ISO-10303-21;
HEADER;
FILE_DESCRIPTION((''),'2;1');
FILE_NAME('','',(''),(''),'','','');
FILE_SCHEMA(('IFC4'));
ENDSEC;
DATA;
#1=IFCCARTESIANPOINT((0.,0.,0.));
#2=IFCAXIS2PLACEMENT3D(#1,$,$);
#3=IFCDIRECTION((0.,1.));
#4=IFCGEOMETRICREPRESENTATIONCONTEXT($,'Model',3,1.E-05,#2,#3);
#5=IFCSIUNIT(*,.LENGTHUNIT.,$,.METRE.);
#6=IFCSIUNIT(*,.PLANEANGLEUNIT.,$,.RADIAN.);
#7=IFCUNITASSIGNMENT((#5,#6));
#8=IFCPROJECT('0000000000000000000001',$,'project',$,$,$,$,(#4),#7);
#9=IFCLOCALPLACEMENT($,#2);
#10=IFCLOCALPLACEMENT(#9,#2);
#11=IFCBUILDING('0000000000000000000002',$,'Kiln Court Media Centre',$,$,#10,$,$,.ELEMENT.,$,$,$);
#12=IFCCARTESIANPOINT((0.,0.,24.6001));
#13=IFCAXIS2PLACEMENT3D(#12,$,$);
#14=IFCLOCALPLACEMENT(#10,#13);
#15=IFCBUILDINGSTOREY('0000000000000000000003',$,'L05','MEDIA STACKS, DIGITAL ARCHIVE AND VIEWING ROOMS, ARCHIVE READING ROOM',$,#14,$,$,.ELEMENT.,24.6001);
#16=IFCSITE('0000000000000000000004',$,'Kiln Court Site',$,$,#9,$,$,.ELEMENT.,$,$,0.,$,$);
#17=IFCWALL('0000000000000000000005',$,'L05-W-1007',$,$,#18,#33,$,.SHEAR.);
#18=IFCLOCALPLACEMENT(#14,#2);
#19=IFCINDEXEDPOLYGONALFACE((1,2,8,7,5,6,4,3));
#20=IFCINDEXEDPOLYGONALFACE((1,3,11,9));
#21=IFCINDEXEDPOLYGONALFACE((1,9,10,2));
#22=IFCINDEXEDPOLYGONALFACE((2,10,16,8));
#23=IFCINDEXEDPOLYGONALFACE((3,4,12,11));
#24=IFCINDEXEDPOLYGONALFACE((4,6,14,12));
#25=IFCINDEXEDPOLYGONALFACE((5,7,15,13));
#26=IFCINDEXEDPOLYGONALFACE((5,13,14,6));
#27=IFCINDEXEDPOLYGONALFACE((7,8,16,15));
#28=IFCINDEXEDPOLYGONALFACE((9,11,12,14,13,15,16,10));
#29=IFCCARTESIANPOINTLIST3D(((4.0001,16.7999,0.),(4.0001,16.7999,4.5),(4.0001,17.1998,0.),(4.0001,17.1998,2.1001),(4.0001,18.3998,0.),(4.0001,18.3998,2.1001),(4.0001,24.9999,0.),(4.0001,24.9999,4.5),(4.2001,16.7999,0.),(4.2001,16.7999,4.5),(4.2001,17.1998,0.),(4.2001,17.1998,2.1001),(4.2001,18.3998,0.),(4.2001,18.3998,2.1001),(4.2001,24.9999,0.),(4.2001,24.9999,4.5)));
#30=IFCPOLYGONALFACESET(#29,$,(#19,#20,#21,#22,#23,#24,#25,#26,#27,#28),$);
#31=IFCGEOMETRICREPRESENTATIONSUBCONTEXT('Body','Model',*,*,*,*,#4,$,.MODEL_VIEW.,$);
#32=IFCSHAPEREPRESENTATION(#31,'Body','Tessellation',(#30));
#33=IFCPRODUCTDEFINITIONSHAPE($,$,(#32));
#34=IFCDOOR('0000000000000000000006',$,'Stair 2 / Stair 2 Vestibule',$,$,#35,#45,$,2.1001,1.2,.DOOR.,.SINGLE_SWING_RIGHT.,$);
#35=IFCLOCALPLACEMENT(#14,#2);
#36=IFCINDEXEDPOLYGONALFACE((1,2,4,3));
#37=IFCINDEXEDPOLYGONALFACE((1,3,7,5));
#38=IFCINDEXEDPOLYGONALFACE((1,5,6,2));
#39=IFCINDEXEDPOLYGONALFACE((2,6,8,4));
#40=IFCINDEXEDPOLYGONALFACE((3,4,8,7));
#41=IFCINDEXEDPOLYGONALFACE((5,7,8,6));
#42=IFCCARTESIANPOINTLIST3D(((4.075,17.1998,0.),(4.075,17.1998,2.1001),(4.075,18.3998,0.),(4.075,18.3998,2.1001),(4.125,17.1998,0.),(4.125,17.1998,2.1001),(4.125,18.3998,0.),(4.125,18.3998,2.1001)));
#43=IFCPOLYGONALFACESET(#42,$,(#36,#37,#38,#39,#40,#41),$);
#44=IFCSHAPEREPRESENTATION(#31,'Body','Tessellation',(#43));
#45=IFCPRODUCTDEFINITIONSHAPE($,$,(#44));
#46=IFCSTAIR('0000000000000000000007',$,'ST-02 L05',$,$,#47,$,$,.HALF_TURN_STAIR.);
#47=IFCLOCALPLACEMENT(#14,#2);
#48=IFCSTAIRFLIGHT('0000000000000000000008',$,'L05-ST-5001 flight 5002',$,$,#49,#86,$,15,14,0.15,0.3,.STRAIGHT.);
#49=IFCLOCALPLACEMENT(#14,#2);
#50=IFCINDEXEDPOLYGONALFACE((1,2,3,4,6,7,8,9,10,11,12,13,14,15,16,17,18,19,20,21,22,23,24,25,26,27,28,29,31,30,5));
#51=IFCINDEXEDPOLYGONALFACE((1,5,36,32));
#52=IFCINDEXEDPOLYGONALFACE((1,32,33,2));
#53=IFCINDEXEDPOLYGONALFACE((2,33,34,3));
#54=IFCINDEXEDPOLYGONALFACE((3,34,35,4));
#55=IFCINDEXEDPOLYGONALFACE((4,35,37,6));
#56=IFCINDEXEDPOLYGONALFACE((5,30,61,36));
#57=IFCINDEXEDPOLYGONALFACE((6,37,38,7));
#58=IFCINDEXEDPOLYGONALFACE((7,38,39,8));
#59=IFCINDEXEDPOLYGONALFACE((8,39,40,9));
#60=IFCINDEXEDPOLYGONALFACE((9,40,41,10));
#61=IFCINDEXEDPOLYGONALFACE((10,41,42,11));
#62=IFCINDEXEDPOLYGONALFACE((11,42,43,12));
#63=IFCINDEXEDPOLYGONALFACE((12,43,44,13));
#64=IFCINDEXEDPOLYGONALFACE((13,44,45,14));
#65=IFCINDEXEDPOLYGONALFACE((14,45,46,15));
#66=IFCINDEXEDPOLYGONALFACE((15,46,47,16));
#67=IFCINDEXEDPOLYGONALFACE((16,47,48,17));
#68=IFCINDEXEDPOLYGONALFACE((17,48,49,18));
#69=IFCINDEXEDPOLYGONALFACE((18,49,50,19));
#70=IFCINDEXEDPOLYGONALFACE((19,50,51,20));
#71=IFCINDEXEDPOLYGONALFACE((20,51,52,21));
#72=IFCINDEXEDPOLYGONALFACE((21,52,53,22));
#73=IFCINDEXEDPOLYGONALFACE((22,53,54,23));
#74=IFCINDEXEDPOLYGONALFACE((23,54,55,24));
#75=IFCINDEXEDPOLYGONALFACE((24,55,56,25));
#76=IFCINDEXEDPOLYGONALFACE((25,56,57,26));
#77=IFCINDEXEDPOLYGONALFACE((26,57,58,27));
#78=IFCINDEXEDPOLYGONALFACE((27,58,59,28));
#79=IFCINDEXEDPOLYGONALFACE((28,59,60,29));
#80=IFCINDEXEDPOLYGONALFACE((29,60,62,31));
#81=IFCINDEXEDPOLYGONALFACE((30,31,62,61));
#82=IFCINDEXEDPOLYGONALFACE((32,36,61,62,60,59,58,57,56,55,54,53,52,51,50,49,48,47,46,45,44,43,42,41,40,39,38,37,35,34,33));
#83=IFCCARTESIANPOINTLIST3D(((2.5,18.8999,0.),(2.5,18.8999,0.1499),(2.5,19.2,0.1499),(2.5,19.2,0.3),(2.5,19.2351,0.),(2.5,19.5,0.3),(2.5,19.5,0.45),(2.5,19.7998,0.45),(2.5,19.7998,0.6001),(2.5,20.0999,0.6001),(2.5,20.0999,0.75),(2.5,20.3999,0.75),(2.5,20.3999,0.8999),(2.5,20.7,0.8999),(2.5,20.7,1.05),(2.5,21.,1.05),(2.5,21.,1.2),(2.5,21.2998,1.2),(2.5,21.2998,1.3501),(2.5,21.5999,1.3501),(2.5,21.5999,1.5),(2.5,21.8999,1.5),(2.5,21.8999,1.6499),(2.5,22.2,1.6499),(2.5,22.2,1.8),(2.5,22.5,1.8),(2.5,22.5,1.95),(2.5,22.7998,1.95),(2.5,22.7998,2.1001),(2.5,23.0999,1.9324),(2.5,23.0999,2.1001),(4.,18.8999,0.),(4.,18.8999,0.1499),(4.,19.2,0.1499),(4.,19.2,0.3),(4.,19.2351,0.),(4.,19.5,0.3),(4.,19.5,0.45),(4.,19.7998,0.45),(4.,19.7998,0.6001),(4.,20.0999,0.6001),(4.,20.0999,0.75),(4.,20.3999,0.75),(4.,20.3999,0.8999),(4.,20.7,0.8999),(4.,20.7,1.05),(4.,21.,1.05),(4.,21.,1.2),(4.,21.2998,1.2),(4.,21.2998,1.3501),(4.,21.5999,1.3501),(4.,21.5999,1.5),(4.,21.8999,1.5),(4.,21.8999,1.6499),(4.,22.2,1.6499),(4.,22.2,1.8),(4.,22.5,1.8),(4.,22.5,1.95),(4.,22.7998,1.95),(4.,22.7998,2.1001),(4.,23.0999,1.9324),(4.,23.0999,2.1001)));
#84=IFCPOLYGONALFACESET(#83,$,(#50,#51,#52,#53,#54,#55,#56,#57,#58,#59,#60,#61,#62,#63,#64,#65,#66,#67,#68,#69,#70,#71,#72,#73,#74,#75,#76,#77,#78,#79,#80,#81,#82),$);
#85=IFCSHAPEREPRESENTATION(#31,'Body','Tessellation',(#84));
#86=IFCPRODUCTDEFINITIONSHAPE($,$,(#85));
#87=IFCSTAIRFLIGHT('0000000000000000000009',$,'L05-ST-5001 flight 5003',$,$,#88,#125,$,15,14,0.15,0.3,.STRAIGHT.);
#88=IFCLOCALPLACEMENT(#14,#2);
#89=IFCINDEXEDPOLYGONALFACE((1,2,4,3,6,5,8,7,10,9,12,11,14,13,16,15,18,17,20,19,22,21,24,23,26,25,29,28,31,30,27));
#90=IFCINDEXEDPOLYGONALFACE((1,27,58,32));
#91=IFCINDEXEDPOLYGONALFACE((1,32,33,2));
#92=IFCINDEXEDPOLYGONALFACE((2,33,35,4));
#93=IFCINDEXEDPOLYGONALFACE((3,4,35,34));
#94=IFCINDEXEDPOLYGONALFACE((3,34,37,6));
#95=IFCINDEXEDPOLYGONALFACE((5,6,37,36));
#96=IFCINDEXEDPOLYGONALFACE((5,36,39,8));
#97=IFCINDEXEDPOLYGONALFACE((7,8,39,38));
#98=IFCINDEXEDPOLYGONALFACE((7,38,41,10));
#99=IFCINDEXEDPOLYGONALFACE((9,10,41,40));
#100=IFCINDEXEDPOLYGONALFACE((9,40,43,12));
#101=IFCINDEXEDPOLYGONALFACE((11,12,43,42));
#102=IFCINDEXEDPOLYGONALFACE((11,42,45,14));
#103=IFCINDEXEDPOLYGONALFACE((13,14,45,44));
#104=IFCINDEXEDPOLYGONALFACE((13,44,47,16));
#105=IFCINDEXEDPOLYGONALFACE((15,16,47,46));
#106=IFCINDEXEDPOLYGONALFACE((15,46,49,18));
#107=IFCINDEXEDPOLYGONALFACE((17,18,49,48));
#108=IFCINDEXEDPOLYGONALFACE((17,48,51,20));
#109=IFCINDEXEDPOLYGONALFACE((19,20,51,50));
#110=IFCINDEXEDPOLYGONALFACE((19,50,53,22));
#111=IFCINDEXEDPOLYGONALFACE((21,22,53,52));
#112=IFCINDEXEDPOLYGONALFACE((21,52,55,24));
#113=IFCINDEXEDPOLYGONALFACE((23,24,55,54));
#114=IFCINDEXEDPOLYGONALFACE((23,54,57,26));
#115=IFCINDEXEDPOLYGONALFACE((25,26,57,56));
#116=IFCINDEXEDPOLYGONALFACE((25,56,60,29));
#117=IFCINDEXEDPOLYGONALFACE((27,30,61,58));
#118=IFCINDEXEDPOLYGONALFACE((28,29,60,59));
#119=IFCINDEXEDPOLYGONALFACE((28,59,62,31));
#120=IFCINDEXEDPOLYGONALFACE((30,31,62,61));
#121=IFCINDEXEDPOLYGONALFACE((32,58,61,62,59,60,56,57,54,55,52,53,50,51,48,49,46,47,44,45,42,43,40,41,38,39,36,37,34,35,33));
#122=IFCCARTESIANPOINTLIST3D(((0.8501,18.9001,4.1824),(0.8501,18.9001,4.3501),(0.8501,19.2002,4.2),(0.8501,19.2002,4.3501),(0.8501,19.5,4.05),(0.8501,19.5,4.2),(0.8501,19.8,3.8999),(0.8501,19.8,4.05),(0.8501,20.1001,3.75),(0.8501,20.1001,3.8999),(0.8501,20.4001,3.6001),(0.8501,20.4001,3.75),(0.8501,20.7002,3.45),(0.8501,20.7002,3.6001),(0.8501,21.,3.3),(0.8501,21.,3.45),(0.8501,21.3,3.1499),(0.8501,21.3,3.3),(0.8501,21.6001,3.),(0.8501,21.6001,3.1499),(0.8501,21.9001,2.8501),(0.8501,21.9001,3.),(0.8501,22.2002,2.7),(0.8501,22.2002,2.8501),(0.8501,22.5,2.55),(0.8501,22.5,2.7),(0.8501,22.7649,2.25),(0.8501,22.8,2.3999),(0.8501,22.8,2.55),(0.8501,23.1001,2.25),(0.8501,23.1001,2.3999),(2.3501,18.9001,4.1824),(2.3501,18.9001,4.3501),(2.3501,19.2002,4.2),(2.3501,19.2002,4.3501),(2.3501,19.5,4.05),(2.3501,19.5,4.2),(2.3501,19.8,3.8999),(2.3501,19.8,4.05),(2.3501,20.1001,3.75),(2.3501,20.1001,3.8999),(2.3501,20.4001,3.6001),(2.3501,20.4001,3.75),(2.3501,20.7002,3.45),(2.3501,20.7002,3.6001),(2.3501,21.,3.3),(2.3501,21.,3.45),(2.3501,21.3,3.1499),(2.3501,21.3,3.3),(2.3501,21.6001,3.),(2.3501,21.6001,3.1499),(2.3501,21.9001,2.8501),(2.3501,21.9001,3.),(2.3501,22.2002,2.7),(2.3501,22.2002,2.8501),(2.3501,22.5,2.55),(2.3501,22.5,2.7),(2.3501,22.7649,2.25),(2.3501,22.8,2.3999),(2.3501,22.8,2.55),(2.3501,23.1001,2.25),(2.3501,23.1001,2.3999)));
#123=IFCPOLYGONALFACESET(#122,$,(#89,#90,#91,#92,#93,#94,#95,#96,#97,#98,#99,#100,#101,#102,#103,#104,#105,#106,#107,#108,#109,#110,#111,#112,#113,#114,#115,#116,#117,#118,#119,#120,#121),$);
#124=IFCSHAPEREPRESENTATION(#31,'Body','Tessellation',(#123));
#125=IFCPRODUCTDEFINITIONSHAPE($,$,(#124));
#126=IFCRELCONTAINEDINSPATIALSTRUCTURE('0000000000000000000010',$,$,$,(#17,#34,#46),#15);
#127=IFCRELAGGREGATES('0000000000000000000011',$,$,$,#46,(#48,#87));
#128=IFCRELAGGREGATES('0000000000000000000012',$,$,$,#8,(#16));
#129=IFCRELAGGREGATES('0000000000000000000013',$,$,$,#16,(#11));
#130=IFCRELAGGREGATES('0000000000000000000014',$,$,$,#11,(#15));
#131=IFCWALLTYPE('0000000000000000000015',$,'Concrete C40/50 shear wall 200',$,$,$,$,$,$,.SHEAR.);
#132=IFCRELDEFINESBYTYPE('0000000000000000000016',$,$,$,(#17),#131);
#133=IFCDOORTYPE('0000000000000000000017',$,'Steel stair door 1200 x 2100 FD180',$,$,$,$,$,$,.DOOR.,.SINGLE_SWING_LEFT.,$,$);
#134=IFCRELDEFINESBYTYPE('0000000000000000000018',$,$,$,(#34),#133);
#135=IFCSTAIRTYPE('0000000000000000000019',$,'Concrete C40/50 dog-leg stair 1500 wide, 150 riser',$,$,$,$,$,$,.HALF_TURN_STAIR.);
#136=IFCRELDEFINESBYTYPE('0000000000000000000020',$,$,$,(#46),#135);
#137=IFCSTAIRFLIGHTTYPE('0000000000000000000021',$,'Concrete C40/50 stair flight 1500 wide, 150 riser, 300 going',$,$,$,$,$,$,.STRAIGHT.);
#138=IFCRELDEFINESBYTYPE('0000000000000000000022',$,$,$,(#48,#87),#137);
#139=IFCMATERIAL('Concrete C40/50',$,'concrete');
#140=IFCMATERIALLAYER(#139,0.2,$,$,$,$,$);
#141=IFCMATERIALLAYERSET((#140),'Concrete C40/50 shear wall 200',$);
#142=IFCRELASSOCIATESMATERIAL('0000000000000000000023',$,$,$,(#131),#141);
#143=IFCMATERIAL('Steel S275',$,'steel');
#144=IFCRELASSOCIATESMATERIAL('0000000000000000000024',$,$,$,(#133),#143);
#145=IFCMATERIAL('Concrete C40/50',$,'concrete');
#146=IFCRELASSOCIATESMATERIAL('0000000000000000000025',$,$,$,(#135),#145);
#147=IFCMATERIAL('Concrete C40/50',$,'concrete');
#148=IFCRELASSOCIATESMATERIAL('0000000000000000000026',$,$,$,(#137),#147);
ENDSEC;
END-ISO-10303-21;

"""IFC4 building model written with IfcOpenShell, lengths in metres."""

from ifc_helpers import new_model, si_unit, direction, frame, frame_2d, origin, place, context, subcontext, project, spatial, polyline, rectangle, outline, extrude, material, layer, layer_set, type_object, element, fill, aggregate, save


model = new_model("IFC4")

# Units and contexts
model_context = context("Model", 3, precision=1e-05, world=origin(), true_north=direction((0.0, 1.0)))
body_context = subcontext(model_context, "Body", "Model", "MODEL_VIEW")
ifc_project = project(units=[si_unit("LENGTHUNIT", "METRE"), si_unit("PLANEANGLEUNIT", "RADIAN")], contexts=[model_context])

# Site, building, storey
site_placement = place(None, origin())
site = spatial("IfcSite", under=ifc_project, at=site_placement, Name="Kiln Court Site", CompositionType="ELEMENT", RefElevation=0.0)
building_placement = place(site_placement, origin())
building = spatial("IfcBuilding", under=site, at=building_placement, Name="Kiln Court Media Centre", CompositionType="ELEMENT")
storey_placement = place(building_placement, frame((0.0, 0.0, 24.6001)))
storey = spatial("IfcBuildingStorey", under=building, at=storey_placement, Name="L05", Description="MEDIA STACKS, DIGITAL ARCHIVE AND VIEWING ROOMS, ARCHIVE READING ROOM", CompositionType="ELEMENT", Elevation=24.6001)

# Shared definitions
ifc_material_1 = material(Name="Concrete C40/50", Category="concrete")
ifc_layer_1 = layer(ifc_material_1, 0.2)
ifc_layer_set_1 = layer_set([ifc_layer_1], Name="Concrete C40/50 shear wall 200")
wall_type_1 = type_object("IfcWallType", Name="Concrete C40/50 shear wall 200", PredefinedType="SHEAR", material=ifc_layer_set_1)

# Wall, opening, door
wall_1_placement = place(storey_placement, frame((4.1001, 25.0, 0.0), z_axis=(0.0, 0.0, 1.0), x_axis=(0.0, -1.0, 0.0)))
wall_1 = element("IfcWall", 1, at=wall_1_placement, inside=storey, type_object=wall_type_1, Name="L05-W-1007", PredefinedType="SHEAR", context=body_context, shape_type="SweptSolid", body=[
    extrude(rectangle(XDim=8.2, YDim=0.2, at=frame_2d((4.1001, 0.0))), origin(), (0.0, 0.0, 1.0), 4.5),
])
opening_1_placement = place(wall_1_placement, frame((6.6001, 0.0, 0.0)))
opening_1 = element("IfcOpeningElement", 2, at=opening_1_placement, cuts=wall_1, PredefinedType="OPENING", context=body_context, shape_type="SweptSolid", body=[
    extrude(rectangle(XDim=1.2, YDim=2.1001, at=frame_2d((0.6001, 1.05))), frame((0.0, 0.1099, 0.0), z_axis=(0.0, -1.0, 0.0), x_axis=(1.0, 0.0, 0.0)), (0.0, 0.0, 1.0), 0.22),
])
ifc_material_2 = material(Name="Steel S275", Category="steel")
door_type_1 = type_object("IfcDoorType", Name="Steel stair door 1200 x 2100 FD180", OperationType="SINGLE_SWING_LEFT", PredefinedType="DOOR", material=ifc_material_2)
door_1_placement = place(opening_1_placement, origin())
door_1 = element("IfcDoor", 3, at=door_1_placement, inside=storey, type_object=door_type_1, Name="Stair 2 / Stair 2 Vestibule", OperationType="SINGLE_SWING_RIGHT", OverallHeight=2.1001, OverallWidth=1.2, PredefinedType="DOOR", context=body_context, shape_type="SweptSolid", body=[
    extrude(rectangle(XDim=1.2, YDim=2.1001, at=frame_2d((0.6001, 1.05))), frame((0.0, 0.0249, 0.0), z_axis=(0.0, -1.0, 0.0), x_axis=(1.0, 0.0, 0.0)), (0.0, 0.0, 1.0), 0.05),
])
fill(opening_1, door_1)

# Stair, stair flights
ifc_material_3 = material(Name="Concrete C40/50", Category="concrete")
stair_type = type_object("IfcStairType", Name="Concrete C40/50 dog-leg stair 1500 wide, 150 riser", PredefinedType="HALF_TURN_STAIR", material=ifc_material_3)
stair_placement = place(storey_placement, origin())
stair = element("IfcStair", 4, at=stair_placement, inside=storey, type_object=stair_type, Name="ST-02 L05", PredefinedType="HALF_TURN_STAIR")
ifc_material_4 = material(Name="Concrete C40/50", Category="concrete")
stair_flight_type = type_object("IfcStairFlightType", Name="Concrete C40/50 stair flight 1500 wide, 150 riser, 300 going", PredefinedType="STRAIGHT", material=ifc_material_4)
stair_flight_1_placement = place(storey_placement, frame((3.25, 18.8999, 0.0), z_axis=(0.0, 0.0, 1.0), x_axis=(0.0, 1.0, 0.0)))
stair_flight_1 = element("IfcStairFlight", 5, at=stair_flight_1_placement, type_object=stair_flight_type, Name="L05-ST-5001 flight 5002", NumberOfRisers=15, NumberOfTreads=14, PredefinedType="STRAIGHT", RiserHeight=0.15, TreadLength=0.3, context=body_context, shape_type="SweptSolid", body=[
    extrude(outline(polyline([(0.0, 0.0), (0.0, 0.1499), (0.3, 0.1499), (0.3, 0.3), (0.6001, 0.3), (0.6001, 0.45), (0.8999, 0.45), (0.8999, 0.6001), (1.2, 0.6001), (1.2, 0.75), (1.5, 0.75), (1.5, 0.8999), (1.8, 0.8999), (1.8, 1.05), (2.1001, 1.05), (2.1001, 1.2), (2.3999, 1.2), (2.3999, 1.3501), (2.7, 1.3501), (2.7, 1.5), (3.0, 1.5), (3.0, 1.6499), (3.3, 1.6499), (3.3, 1.8), (3.6001, 1.8), (3.6001, 1.95), (3.8999, 1.95), (3.8999, 2.1001), (4.2, 2.1001), (4.2, 2.25), (4.2, 1.9324), (0.3352, 0.0), (0.0, 0.0)])), frame((0.0, 0.75, 0.0), z_axis=(0.0, -1.0, 0.0), x_axis=(1.0, 0.0, 0.0)), (0.0, 0.0, 1.0), 1.5),
])
stair_flight_2_placement = place(storey_placement, frame((1.6001, 23.1001, 2.25), z_axis=(0.0, 0.0, 1.0), x_axis=(0.0, -1.0, 0.0)))
stair_flight_2 = element("IfcStairFlight", 6, at=stair_flight_2_placement, type_object=stair_flight_type, Name="L05-ST-5001 flight 5003", NumberOfRisers=15, NumberOfTreads=14, PredefinedType="STRAIGHT", RiserHeight=0.15, TreadLength=0.3, context=body_context, shape_type="SweptSolid", body=[
    extrude(outline(polyline([(0.0, 0.0), (0.0, 0.1499), (0.3, 0.1499), (0.3, 0.3), (0.6001, 0.3), (0.6001, 0.45), (0.8999, 0.45), (0.8999, 0.6001), (1.2, 0.6001), (1.2, 0.75), (1.5, 0.75), (1.5, 0.8999), (1.8, 0.8999), (1.8, 1.05), (2.1001, 1.05), (2.1001, 1.2), (2.3999, 1.2), (2.3999, 1.3501), (2.7, 1.3501), (2.7, 1.5), (3.0, 1.5), (3.0, 1.6499), (3.3, 1.6499), (3.3, 1.8), (3.6001, 1.8), (3.6001, 1.95), (3.8999, 1.95), (3.8999, 2.1001), (4.2, 2.1001), (4.2, 2.25), (4.2, 1.9324), (0.3352, 0.0), (0.0, 0.0)])), frame((0.0, 0.75, 0.0), z_axis=(0.0, -1.0, 0.0), x_axis=(1.0, 0.0, 0.0)), (0.0, 0.0, 1.0), 1.5),
])
aggregate(stair, [stair_flight_1, stair_flight_2])

save(model, "model.ifc")
